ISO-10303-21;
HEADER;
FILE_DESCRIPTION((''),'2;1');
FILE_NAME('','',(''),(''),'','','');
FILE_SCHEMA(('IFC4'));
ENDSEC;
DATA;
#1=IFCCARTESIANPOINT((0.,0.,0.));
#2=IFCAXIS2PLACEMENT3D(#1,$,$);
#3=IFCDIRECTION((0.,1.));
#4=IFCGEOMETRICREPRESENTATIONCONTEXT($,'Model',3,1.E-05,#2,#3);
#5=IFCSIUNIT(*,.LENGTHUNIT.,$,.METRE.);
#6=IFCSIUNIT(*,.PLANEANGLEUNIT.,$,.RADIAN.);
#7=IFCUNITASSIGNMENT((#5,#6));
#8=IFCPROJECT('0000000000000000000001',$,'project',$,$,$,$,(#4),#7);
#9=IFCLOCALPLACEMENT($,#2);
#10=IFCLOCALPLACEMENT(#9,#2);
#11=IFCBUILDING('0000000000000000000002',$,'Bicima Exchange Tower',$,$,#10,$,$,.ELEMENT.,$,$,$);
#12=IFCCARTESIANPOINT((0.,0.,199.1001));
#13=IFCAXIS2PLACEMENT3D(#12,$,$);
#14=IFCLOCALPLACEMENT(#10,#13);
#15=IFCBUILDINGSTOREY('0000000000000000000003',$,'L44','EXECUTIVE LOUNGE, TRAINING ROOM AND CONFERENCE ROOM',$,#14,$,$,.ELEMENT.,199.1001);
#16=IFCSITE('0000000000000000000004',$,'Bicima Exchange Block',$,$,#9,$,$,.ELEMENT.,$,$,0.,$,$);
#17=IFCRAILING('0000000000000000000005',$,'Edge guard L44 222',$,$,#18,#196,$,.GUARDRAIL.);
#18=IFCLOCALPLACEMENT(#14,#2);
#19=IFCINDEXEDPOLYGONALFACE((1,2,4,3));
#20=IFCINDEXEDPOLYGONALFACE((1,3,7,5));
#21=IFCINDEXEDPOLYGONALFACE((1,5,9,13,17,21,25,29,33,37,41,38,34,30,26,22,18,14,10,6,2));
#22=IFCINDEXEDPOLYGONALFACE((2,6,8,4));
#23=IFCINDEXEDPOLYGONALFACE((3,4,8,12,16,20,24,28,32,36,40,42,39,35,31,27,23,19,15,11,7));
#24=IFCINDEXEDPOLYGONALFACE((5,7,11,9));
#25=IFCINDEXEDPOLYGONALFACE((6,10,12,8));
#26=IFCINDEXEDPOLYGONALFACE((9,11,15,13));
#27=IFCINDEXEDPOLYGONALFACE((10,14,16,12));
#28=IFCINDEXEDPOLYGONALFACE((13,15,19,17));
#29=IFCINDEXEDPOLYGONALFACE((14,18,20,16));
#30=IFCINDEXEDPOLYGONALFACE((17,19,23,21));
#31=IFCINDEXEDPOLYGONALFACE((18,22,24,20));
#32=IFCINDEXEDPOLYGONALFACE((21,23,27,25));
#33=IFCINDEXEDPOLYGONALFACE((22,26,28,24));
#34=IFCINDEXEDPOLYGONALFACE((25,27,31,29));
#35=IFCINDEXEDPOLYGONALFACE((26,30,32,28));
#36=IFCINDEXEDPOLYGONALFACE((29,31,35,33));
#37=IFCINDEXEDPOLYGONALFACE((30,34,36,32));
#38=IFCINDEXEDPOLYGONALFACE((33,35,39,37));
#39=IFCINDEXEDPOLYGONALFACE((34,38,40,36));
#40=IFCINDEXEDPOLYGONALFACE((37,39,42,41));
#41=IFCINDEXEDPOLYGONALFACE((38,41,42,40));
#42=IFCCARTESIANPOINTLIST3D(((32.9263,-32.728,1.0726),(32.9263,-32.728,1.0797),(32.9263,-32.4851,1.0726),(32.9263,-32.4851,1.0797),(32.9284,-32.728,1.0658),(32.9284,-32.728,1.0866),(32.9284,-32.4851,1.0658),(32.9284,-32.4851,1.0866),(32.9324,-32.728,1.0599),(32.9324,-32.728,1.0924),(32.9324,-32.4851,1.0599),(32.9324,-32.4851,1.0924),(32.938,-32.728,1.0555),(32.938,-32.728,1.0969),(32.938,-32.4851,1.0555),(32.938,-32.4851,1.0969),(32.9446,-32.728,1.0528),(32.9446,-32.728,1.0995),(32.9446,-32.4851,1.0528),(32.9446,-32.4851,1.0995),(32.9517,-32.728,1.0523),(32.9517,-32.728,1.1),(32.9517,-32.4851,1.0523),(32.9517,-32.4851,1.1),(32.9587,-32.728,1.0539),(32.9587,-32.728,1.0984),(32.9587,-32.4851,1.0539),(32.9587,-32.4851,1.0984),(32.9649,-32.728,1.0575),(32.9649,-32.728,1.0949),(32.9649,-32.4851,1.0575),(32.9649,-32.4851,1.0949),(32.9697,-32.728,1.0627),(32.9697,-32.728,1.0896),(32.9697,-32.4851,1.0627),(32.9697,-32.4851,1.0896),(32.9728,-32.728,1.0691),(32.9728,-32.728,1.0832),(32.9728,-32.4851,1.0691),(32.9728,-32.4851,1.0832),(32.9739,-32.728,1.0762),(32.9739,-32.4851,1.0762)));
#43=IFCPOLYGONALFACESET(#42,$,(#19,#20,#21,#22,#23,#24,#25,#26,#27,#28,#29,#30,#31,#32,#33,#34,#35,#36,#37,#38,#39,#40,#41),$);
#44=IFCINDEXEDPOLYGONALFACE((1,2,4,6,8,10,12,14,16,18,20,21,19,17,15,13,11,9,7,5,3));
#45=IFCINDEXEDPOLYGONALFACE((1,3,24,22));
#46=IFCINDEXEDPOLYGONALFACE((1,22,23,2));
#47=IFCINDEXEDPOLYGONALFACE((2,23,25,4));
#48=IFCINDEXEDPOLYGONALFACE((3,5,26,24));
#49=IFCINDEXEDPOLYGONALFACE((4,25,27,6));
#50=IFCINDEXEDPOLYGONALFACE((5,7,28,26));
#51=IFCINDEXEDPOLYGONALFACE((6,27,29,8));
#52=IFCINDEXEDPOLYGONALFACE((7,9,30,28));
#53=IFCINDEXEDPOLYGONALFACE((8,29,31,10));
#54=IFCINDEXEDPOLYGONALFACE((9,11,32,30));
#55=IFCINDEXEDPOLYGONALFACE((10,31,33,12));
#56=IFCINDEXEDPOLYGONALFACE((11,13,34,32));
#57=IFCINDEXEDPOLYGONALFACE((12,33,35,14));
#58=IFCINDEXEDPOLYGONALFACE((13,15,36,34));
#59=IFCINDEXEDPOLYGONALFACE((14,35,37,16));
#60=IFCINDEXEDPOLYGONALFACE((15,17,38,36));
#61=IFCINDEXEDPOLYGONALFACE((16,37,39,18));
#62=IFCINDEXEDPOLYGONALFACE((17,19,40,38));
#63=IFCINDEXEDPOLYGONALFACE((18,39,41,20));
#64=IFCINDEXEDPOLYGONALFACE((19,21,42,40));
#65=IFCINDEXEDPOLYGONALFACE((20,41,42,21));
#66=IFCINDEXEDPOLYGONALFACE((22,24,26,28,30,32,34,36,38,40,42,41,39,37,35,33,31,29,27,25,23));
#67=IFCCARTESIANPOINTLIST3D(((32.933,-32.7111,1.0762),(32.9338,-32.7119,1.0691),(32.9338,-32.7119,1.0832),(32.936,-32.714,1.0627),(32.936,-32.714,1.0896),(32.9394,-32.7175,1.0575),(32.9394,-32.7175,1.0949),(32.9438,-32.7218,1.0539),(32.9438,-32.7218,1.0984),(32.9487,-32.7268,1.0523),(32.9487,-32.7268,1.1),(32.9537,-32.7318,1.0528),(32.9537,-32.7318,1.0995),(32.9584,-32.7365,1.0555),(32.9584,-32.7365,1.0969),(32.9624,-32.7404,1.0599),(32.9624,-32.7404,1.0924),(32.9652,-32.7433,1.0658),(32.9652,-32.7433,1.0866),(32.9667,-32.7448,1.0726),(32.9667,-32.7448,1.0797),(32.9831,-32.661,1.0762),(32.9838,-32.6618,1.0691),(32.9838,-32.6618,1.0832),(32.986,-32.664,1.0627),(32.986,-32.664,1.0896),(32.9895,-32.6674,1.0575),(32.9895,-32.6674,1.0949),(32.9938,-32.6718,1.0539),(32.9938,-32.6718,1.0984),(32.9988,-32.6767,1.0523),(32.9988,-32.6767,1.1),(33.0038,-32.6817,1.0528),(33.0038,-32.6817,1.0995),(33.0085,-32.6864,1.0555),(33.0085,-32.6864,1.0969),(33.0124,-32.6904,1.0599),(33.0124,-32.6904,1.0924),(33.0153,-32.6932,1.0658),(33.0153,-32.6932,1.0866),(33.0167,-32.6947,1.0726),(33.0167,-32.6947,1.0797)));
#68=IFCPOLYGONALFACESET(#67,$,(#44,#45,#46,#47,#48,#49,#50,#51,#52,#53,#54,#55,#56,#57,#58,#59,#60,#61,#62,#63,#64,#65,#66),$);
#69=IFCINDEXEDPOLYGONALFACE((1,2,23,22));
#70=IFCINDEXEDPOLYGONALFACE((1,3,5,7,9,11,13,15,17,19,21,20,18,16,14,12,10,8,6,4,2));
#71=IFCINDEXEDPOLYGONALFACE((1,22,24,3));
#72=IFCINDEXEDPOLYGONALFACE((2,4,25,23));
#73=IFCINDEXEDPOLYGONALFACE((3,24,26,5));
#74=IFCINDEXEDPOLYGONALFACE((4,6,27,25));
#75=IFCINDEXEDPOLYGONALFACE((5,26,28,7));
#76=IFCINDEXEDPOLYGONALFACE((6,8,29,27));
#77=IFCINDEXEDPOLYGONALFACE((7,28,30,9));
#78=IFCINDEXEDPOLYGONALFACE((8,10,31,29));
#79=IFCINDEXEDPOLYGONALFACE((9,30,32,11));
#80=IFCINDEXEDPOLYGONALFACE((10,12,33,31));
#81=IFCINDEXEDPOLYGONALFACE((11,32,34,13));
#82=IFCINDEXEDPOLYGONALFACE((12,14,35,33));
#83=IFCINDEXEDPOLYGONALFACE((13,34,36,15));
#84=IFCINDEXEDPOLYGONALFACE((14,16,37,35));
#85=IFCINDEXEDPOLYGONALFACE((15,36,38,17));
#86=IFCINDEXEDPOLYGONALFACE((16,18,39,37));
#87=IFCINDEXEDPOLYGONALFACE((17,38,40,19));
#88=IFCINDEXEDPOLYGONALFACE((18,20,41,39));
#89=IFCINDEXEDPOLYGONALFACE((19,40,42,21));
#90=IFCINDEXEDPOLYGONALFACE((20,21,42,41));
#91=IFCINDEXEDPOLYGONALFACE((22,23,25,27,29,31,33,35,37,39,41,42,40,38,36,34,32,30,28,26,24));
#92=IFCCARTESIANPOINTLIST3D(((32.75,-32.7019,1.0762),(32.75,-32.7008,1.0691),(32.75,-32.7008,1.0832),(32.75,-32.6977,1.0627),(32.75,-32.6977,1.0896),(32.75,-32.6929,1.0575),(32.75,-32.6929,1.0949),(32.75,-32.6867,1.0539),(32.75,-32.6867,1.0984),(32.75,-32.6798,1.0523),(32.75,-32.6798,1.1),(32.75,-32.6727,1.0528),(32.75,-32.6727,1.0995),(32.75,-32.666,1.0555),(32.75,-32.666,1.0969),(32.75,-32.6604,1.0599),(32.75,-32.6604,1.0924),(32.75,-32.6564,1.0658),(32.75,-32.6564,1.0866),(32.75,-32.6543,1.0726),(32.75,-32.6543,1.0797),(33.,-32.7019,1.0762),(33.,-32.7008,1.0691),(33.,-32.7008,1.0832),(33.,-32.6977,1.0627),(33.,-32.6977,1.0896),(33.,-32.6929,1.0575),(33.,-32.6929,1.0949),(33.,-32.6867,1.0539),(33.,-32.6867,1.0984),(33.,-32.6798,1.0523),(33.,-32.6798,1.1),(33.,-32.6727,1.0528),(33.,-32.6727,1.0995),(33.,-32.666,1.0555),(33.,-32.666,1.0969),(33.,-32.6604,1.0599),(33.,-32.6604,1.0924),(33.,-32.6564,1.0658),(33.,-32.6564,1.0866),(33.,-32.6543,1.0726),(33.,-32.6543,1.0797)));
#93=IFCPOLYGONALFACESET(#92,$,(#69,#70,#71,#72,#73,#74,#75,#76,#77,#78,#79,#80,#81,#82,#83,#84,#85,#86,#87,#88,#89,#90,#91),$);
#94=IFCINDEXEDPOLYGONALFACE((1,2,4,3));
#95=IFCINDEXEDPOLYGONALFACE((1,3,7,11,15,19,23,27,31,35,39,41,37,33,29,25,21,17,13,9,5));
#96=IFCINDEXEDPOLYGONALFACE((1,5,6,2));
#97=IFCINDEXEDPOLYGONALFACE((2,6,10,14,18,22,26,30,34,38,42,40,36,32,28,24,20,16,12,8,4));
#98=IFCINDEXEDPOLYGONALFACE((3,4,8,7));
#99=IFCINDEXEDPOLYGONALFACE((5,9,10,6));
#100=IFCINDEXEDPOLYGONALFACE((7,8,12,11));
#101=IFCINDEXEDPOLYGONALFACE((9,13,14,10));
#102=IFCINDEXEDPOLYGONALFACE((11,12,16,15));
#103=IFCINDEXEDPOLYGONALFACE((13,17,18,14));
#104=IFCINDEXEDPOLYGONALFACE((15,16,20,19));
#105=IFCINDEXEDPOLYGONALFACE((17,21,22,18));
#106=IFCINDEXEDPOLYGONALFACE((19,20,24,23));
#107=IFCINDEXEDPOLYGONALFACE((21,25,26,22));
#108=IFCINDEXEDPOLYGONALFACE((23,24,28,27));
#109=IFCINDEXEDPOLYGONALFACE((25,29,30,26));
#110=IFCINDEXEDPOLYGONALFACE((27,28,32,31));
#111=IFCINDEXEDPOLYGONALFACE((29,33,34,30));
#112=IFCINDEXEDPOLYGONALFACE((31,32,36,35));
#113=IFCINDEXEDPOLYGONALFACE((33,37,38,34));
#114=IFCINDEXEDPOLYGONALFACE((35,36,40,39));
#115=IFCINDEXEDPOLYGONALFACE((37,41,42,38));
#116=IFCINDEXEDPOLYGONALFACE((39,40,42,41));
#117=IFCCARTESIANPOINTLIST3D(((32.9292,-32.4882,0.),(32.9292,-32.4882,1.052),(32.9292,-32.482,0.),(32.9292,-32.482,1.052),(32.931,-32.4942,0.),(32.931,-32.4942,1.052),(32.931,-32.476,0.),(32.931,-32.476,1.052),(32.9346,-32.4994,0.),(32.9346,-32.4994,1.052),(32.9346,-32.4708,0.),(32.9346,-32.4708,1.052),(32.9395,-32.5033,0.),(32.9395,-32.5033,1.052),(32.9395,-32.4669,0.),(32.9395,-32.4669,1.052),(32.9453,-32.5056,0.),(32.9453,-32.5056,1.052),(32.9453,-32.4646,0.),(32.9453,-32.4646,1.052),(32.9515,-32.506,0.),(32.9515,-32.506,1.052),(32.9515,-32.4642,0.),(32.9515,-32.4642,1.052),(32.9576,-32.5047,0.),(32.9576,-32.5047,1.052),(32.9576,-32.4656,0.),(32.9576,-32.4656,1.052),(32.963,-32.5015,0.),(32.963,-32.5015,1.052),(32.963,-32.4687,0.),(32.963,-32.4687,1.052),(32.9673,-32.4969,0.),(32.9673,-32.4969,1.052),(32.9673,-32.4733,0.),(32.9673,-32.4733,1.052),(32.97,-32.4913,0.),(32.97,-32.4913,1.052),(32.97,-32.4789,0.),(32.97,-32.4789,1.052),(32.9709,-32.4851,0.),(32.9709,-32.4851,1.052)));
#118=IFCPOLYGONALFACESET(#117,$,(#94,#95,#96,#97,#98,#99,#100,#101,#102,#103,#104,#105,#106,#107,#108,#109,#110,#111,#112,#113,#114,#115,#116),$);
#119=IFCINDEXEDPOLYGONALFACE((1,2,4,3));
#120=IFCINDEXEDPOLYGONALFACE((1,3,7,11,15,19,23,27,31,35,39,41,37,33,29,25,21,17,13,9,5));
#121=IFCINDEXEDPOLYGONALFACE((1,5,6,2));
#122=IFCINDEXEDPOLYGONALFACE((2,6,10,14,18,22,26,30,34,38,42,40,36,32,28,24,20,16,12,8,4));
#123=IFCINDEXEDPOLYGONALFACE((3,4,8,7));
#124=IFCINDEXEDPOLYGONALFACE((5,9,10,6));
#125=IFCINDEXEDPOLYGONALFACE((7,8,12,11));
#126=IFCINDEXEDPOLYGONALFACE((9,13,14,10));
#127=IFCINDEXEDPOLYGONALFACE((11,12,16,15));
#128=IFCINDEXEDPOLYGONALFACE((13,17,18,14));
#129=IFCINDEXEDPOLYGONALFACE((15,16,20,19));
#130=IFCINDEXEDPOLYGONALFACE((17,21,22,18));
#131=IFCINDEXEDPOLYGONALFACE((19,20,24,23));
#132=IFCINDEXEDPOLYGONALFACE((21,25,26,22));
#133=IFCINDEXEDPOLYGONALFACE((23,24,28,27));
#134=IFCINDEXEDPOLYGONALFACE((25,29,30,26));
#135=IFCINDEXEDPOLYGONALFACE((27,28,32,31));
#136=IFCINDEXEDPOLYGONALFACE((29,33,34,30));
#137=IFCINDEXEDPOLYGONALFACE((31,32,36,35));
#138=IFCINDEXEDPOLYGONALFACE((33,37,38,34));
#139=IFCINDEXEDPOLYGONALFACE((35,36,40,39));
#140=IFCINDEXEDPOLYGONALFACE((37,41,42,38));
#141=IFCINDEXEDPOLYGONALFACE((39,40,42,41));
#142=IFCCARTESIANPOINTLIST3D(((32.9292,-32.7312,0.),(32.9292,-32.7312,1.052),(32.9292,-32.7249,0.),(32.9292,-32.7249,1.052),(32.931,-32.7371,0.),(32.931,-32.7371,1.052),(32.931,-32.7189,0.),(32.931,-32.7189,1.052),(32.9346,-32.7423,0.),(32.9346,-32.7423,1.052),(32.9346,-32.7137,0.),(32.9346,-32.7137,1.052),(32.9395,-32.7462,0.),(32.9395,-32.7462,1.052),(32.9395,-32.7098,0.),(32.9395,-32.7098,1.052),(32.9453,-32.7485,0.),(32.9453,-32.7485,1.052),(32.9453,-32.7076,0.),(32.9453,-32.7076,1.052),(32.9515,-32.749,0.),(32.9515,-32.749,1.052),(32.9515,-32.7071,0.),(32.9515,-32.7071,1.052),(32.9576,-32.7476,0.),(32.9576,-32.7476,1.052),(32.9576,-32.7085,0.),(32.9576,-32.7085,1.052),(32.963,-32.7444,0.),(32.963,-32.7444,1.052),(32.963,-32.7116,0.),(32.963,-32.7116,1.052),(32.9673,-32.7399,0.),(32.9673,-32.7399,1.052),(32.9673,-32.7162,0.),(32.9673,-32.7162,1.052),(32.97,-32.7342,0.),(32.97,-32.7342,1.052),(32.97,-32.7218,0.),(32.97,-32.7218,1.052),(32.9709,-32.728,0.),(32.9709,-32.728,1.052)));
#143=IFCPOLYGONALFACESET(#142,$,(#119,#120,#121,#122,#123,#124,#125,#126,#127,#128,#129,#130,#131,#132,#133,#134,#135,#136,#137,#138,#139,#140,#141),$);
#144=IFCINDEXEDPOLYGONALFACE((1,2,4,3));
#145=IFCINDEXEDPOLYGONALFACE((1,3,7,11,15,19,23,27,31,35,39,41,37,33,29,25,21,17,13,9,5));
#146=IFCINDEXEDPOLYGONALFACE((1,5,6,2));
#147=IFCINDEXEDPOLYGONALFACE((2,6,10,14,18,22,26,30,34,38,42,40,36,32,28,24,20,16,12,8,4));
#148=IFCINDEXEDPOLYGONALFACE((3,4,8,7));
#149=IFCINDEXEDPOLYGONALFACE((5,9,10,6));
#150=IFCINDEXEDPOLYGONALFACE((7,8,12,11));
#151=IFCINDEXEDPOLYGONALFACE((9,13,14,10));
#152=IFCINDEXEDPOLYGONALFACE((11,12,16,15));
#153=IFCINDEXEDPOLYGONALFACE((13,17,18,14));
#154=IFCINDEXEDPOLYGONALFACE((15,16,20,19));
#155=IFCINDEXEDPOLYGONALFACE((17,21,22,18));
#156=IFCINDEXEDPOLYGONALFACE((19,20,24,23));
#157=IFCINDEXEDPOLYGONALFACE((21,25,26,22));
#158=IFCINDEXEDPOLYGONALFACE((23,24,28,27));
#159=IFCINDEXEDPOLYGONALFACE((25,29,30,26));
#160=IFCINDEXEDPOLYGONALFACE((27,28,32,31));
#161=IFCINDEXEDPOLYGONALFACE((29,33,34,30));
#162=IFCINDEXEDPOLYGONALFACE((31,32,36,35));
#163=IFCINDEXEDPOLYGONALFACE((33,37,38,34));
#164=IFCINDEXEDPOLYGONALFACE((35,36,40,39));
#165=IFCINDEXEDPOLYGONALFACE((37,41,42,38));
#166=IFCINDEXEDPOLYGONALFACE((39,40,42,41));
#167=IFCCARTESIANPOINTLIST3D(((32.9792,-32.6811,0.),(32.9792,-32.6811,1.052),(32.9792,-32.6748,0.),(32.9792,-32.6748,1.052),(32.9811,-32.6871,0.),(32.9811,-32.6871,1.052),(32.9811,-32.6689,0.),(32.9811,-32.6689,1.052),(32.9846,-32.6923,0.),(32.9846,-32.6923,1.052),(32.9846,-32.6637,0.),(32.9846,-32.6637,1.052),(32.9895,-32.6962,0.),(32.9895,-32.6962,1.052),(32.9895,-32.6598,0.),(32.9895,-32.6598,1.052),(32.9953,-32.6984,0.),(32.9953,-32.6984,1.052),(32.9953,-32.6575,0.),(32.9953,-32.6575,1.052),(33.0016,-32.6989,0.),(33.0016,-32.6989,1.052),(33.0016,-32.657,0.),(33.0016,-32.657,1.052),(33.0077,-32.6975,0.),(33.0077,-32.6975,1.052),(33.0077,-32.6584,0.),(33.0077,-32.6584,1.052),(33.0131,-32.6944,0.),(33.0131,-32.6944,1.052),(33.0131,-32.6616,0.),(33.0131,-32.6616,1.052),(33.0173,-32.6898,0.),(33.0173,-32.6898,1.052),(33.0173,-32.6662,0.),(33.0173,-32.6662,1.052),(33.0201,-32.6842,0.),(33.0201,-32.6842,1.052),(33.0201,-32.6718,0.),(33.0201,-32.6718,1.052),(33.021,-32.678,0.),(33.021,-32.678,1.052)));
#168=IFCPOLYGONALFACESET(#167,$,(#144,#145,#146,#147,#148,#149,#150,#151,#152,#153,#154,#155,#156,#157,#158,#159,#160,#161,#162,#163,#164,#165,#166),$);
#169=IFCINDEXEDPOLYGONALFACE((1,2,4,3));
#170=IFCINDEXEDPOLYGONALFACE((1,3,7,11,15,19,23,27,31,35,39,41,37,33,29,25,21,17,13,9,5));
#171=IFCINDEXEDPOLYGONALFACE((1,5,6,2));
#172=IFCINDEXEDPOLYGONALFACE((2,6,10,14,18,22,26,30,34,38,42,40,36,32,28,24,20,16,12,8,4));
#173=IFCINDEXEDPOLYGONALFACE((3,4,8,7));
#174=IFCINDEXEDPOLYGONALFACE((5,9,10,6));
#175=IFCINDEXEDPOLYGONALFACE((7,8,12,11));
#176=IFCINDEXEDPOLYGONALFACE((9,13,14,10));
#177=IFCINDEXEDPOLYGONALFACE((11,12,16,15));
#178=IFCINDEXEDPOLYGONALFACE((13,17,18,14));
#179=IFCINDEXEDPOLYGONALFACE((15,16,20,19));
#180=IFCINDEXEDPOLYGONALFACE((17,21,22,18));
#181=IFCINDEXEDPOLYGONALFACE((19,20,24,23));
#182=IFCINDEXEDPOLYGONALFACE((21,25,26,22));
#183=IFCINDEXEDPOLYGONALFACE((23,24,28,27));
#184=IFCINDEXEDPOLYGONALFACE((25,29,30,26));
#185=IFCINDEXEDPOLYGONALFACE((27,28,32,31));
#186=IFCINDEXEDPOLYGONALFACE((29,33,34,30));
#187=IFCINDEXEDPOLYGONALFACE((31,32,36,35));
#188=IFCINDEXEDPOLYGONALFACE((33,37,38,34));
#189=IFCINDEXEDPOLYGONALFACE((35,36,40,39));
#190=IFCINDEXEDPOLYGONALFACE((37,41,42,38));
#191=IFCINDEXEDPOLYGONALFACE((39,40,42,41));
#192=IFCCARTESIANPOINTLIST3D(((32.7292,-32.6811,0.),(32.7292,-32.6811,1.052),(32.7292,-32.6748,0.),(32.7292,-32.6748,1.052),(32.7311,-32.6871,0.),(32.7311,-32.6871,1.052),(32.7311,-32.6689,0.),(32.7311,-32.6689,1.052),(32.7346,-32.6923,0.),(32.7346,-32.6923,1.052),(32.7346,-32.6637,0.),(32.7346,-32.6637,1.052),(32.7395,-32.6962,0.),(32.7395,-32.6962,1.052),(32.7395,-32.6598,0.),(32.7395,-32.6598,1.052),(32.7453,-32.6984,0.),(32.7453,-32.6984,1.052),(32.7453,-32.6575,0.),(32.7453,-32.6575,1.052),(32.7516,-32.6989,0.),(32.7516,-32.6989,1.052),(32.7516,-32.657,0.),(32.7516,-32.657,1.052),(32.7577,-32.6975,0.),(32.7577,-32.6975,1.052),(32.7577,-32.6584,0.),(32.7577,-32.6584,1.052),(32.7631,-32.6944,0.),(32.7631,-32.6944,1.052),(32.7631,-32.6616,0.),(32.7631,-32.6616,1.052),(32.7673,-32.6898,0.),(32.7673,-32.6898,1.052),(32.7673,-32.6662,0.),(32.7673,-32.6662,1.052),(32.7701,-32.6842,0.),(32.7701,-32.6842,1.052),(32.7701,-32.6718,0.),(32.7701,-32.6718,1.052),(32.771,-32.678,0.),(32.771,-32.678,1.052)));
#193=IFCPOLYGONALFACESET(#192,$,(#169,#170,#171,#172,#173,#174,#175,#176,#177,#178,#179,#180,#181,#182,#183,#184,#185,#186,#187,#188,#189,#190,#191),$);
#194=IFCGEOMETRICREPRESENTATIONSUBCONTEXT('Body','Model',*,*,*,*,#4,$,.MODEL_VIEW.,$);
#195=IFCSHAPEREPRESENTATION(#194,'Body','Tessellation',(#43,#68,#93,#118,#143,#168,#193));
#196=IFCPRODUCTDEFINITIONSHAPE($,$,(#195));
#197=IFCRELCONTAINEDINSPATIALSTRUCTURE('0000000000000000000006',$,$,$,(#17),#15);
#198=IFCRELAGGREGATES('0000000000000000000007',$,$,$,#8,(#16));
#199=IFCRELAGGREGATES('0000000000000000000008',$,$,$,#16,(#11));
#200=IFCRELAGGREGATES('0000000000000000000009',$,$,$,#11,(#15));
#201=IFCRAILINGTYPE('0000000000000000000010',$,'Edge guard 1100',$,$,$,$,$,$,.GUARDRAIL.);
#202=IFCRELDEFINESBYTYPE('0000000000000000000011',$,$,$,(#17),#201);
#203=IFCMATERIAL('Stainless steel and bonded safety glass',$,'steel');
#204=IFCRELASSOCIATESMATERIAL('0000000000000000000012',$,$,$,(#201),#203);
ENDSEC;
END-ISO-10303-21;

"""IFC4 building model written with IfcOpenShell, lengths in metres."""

from ifc_helpers import new_model, si_unit, direction, frame, origin, origin_2d, place, context, subcontext, project, spatial, circle, extrude, material, type_object, element, save


model = new_model("IFC4")

# Units and contexts
model_context = context("Model", 3, precision=1e-05, world=origin(), true_north=direction((0.0, 1.0)))
body_context = subcontext(model_context, "Body", "Model", "MODEL_VIEW")
ifc_project = project(units=[si_unit("LENGTHUNIT", "METRE"), si_unit("PLANEANGLEUNIT", "RADIAN")], contexts=[model_context])

# Site, building, storey
site_placement = place(None, origin())
site = spatial("IfcSite", under=ifc_project, at=site_placement, Name="Bicima Exchange Block", CompositionType="ELEMENT", RefElevation=0.0)
building_placement = place(site_placement, origin())
building = spatial("IfcBuilding", under=site, at=building_placement, Name="Bicima Exchange Tower", CompositionType="ELEMENT")
storey_placement = place(building_placement, frame((0.0, 0.0, 199.1001)))
storey = spatial("IfcBuildingStorey", under=building, at=storey_placement, Name="L44", Description="EXECUTIVE LOUNGE, TRAINING ROOM AND CONFERENCE ROOM", CompositionType="ELEMENT", Elevation=199.1001)

# Railing
ifc_material_1 = material(Name="Stainless steel and bonded safety glass", Category="steel")
railing_type = type_object("IfcRailingType", Name="Edge guard 1100", PredefinedType="GUARDRAIL", material=ifc_material_1)
railing_1_placement = place(storey_placement, frame((32.95, -32.4851, 0.0)))
element("IfcRailing", 1, at=railing_1_placement, inside=storey, type_object=railing_type, Name="Edge guard L44 222", PredefinedType="GUARDRAIL", context=body_context, shape_type="SweptSolid", body=[
    extrude(circle(Radius=0.0239, at=origin_2d()), frame((0.0, 0.0, 1.0762), z_axis=(0.0, -1.0, 0.0), x_axis=(1.0, 0.0, 0.0)), (0.0, 0.0, 1.0), 0.2429),
    extrude(circle(Radius=0.0239, at=origin_2d()), frame((0.0, -0.2429, 1.0762), z_axis=(0.707107, 0.707107, 0.0), x_axis=(-0.707107, 0.707107, 0.0)), (0.0, 0.0, 1.0), 0.0708),
    extrude(circle(Radius=0.0239, at=origin_2d()), frame((0.05, -0.1929, 1.0762), z_axis=(-1.0, 0.0, 0.0), x_axis=(0.0, -1.0, 0.0)), (0.0, 0.0, 1.0), 0.25),
    extrude(circle(Radius=0.021, at=origin_2d()), origin(), (0.0, 0.0, 1.0), 1.052),
    extrude(circle(Radius=0.021, at=origin_2d()), frame((0.0, -0.2429, 0.0)), (0.0, 0.0, 1.0), 1.052),
    extrude(circle(Radius=0.021, at=origin_2d()), frame((0.05, -0.1929, 0.0)), (0.0, 0.0, 1.0), 1.052),
    extrude(circle(Radius=0.021, at=origin_2d()), frame((-0.2, -0.1929, 0.0)), (0.0, 0.0, 1.0), 1.052),
])

save(model, "model.ifc")
